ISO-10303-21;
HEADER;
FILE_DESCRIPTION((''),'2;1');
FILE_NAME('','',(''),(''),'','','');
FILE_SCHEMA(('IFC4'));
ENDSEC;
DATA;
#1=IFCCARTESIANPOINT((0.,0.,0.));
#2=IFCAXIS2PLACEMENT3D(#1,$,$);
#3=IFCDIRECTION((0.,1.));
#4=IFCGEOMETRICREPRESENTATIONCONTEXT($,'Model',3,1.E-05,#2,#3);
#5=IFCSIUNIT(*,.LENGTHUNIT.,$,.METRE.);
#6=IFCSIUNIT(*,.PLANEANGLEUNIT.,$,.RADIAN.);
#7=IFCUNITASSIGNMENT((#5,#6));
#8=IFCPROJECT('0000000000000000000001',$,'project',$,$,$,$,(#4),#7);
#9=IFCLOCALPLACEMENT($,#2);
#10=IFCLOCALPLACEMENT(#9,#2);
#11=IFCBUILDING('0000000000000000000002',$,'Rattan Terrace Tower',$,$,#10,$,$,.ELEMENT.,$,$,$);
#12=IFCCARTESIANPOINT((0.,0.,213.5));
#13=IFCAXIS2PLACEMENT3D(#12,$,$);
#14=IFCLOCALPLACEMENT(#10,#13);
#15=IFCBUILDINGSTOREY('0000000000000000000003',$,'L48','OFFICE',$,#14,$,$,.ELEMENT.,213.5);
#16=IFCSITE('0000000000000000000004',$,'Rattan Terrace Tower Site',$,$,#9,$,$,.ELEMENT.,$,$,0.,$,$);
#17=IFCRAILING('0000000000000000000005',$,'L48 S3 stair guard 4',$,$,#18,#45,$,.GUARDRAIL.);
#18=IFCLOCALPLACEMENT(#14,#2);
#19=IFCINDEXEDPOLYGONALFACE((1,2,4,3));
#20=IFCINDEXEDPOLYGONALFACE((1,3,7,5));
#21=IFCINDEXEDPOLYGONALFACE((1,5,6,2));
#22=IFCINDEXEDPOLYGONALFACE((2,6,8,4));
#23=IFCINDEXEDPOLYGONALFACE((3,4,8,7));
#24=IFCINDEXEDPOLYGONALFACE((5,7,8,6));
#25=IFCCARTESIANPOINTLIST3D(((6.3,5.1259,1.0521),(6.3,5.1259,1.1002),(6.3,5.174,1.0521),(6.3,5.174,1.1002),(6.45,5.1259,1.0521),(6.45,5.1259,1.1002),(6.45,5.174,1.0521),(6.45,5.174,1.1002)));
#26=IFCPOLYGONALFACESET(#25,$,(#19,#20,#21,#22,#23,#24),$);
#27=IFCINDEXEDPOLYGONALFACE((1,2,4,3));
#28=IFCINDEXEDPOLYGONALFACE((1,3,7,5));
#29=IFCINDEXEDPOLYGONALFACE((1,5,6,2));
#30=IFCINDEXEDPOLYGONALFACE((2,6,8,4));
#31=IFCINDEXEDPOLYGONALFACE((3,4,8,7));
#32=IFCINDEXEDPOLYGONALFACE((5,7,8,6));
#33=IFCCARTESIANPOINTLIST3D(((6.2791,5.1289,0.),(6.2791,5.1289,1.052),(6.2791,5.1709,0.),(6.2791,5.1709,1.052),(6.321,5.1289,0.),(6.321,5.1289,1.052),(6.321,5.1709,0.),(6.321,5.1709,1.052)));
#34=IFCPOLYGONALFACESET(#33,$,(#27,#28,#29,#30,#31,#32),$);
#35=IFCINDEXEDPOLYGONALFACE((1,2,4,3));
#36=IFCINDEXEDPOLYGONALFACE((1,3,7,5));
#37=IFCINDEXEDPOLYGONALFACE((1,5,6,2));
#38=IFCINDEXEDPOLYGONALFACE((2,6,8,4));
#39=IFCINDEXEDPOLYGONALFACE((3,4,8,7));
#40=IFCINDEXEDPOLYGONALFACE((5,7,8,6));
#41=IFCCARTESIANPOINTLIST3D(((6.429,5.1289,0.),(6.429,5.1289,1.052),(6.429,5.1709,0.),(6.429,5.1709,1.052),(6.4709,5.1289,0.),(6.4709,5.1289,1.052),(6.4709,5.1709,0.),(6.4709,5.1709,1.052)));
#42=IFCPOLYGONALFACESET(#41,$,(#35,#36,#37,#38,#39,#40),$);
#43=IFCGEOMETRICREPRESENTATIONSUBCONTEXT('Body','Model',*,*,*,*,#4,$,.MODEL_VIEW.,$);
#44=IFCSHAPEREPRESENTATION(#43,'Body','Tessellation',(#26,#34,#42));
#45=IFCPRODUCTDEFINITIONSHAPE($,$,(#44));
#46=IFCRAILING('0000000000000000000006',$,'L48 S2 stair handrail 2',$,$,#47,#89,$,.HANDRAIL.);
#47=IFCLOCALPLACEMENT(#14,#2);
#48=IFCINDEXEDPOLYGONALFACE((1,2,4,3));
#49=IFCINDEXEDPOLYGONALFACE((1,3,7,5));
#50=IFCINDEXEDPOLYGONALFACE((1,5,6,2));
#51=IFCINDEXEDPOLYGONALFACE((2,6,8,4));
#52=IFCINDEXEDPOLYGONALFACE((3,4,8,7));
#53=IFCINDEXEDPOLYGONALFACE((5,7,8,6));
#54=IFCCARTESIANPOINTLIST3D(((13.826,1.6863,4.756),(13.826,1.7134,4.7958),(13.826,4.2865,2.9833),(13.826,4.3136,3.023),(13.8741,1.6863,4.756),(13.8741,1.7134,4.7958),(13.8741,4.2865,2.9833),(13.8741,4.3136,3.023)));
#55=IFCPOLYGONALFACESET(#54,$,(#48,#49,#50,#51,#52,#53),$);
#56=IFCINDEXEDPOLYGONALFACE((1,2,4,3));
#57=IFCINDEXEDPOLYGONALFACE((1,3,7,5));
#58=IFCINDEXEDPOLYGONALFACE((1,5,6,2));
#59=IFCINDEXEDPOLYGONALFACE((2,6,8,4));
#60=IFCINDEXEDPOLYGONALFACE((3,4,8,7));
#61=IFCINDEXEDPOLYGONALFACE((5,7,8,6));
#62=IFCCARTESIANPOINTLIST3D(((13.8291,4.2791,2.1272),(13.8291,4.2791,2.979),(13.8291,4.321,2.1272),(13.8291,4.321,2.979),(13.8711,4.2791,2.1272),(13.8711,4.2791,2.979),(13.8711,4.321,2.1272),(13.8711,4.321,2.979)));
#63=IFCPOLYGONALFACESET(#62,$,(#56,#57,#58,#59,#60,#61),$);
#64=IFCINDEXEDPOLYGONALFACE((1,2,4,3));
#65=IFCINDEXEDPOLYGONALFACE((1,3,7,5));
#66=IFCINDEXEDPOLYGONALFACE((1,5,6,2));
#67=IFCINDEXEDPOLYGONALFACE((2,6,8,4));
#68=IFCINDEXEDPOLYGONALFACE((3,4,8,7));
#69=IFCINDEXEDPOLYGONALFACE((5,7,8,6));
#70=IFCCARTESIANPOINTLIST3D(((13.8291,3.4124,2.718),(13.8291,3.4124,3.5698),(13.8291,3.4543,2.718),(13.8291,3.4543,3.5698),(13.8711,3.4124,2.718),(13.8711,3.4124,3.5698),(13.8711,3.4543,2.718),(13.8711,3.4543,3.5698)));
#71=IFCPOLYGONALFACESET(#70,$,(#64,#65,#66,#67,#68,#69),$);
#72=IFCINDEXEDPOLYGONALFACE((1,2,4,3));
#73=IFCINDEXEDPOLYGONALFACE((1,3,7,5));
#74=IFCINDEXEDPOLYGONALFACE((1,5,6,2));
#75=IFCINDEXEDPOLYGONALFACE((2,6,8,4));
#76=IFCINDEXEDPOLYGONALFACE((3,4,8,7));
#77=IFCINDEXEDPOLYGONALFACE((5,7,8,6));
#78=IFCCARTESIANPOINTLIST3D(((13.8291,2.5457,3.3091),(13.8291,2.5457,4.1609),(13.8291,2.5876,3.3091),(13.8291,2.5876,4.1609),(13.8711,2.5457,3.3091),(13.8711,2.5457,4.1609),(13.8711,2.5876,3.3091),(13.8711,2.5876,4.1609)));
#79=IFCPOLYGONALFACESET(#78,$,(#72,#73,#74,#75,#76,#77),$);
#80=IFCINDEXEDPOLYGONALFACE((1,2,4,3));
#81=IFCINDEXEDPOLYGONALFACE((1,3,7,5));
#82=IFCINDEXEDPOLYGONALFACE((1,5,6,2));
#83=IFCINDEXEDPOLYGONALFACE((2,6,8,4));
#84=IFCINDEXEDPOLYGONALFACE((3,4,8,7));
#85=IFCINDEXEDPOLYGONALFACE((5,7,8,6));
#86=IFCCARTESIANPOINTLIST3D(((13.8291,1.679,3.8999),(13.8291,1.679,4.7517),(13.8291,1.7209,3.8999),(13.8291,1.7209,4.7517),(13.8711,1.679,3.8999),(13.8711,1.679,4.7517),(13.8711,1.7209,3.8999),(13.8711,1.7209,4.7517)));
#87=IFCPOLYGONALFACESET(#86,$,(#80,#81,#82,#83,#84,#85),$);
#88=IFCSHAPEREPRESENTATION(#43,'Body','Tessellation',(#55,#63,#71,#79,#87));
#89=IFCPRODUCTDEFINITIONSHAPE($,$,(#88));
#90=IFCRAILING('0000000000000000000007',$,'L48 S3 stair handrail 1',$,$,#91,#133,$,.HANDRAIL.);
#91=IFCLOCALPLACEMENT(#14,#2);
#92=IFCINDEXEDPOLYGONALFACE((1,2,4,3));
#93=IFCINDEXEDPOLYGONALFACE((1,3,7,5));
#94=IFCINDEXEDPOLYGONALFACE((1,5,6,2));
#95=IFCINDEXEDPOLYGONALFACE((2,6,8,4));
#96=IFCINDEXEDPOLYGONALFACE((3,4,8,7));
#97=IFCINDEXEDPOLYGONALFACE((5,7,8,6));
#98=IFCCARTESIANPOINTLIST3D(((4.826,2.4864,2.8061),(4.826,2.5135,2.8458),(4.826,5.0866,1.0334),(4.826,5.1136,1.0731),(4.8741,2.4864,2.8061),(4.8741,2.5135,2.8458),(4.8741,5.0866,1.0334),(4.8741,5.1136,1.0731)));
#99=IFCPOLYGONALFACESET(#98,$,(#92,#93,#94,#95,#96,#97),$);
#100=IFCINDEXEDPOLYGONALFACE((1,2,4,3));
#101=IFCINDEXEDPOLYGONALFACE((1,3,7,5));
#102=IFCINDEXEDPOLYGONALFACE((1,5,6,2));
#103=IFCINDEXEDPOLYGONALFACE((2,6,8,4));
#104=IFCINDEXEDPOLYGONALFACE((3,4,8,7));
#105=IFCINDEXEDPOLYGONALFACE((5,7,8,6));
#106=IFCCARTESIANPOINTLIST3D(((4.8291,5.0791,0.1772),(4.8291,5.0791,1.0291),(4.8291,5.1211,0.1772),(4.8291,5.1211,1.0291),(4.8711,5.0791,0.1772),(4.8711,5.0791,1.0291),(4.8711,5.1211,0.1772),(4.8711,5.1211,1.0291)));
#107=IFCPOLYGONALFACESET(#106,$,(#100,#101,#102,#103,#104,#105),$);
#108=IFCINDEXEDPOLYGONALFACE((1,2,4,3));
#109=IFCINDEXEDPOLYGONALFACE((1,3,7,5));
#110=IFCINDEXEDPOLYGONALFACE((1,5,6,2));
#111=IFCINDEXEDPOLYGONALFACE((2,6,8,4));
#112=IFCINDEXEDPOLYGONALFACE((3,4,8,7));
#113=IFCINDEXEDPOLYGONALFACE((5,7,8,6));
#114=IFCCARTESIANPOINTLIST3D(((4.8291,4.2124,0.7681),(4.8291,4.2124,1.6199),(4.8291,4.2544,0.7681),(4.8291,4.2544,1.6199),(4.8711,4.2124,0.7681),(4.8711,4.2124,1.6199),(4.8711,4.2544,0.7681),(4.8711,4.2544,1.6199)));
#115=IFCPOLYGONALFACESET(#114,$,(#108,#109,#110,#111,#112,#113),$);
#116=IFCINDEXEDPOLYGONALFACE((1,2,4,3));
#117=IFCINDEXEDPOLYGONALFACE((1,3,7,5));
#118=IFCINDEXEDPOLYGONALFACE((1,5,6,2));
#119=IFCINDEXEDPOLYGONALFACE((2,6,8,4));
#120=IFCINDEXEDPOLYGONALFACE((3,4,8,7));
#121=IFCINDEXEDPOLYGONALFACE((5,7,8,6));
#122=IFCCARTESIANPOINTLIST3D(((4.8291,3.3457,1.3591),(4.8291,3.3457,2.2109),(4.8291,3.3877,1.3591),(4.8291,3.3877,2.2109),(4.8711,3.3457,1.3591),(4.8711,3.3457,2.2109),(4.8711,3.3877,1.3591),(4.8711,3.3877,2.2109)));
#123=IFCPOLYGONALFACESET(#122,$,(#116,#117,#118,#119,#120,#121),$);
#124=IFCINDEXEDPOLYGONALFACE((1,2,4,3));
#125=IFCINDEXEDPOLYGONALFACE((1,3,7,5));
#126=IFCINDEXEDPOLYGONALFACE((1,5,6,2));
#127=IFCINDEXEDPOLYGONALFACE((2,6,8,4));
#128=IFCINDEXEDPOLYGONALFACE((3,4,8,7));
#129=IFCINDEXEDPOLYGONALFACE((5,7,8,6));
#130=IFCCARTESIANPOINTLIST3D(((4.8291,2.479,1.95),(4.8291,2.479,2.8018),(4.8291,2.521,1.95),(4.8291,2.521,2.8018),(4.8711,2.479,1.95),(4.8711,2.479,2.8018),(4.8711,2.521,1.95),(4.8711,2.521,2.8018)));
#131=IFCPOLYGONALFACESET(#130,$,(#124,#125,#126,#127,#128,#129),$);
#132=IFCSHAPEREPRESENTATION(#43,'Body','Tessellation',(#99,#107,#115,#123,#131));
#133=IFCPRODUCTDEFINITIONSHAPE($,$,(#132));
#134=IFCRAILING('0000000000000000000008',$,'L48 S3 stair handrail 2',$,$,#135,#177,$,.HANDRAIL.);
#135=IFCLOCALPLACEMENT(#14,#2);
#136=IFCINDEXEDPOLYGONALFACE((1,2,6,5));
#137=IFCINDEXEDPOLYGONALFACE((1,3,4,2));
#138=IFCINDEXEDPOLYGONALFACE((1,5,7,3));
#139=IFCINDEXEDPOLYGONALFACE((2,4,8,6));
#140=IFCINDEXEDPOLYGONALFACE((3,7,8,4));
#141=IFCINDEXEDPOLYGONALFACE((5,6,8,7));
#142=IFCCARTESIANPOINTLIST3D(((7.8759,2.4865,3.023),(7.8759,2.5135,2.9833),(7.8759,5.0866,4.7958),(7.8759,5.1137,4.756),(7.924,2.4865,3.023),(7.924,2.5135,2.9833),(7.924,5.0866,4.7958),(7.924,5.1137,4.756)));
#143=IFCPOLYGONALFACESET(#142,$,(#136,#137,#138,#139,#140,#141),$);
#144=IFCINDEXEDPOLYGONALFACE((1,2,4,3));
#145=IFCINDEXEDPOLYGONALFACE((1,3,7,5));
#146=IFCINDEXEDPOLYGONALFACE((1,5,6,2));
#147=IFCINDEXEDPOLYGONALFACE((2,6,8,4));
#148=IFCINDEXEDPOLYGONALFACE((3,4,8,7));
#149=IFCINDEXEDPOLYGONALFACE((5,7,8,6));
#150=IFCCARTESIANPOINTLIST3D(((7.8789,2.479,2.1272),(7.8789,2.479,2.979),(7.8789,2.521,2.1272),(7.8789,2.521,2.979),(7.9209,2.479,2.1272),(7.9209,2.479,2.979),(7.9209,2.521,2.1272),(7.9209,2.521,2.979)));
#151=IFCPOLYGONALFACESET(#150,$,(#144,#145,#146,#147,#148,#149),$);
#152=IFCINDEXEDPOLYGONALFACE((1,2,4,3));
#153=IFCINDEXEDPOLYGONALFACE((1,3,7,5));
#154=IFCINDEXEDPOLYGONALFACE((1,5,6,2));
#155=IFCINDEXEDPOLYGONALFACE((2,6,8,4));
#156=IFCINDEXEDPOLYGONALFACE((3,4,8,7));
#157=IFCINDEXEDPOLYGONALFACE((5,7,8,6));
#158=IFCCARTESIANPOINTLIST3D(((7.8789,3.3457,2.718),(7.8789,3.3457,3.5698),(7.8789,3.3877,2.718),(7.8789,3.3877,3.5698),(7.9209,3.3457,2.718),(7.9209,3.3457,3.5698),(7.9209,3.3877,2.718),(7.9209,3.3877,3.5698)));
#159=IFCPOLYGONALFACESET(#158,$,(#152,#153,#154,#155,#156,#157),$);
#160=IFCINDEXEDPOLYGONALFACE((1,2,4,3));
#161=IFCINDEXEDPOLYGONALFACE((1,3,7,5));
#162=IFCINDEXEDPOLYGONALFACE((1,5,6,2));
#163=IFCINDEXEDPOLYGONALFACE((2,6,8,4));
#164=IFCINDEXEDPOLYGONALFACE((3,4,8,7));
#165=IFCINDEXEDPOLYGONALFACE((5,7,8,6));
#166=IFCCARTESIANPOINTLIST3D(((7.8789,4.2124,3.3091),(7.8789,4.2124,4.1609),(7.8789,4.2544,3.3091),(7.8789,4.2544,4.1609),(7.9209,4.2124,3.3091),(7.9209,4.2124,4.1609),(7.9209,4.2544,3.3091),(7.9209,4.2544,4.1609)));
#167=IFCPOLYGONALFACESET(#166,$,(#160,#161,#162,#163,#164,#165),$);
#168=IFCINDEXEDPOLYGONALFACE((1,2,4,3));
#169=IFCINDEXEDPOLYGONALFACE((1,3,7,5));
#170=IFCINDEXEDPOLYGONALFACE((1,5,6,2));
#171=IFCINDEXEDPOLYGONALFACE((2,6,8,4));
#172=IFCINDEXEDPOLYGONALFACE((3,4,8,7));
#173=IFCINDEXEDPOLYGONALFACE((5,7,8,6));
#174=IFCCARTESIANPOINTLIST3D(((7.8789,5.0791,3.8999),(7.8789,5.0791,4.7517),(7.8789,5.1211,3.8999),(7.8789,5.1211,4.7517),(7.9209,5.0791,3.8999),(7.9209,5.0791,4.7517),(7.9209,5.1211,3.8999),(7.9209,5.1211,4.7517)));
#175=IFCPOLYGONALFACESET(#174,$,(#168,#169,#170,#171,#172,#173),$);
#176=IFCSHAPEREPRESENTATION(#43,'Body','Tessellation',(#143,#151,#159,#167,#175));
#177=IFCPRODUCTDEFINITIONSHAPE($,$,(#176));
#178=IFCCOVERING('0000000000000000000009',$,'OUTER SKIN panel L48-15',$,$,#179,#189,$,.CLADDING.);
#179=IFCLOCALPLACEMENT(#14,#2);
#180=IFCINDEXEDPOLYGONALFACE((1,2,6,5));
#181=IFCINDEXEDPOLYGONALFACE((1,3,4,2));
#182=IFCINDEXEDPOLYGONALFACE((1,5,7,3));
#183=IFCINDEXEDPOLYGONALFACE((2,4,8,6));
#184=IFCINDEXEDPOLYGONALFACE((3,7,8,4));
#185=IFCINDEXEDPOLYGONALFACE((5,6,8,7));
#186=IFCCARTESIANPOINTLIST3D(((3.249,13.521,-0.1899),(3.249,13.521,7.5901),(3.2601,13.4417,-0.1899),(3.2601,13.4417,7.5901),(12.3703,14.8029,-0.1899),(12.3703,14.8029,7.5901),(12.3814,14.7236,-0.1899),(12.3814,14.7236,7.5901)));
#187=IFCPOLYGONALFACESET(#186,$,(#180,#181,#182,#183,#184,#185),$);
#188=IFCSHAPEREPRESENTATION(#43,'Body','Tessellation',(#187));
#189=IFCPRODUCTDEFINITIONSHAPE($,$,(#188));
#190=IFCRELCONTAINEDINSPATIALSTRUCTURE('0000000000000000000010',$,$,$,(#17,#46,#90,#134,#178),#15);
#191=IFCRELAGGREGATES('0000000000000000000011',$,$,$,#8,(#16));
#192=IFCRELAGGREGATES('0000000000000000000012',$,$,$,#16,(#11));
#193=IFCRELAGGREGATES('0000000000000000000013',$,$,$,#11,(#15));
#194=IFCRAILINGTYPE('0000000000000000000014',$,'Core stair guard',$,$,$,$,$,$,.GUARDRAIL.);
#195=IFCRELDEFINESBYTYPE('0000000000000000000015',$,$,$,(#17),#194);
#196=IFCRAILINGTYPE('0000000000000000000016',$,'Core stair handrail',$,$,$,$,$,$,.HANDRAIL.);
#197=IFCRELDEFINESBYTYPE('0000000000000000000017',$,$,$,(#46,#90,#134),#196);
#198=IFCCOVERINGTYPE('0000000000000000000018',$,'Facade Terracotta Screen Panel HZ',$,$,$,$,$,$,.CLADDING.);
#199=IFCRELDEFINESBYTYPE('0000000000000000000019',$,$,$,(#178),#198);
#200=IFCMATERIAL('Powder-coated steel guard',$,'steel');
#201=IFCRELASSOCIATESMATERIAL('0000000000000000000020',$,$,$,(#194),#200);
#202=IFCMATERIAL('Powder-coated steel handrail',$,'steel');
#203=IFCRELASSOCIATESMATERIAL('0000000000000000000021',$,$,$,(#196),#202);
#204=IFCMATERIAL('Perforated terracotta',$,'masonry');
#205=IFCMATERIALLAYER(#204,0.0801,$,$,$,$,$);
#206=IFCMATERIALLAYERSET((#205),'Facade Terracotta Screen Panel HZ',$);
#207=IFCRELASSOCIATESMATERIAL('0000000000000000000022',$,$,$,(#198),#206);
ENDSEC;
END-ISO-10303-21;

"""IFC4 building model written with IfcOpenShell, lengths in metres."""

from ifc_helpers import new_model, si_unit, direction, frame, origin, origin_2d, place, context, subcontext, project, spatial, rectangle, extrude, material, layer, layer_set, type_object, element, save


model = new_model("IFC4")

# Units and contexts
model_context = context("Model", 3, precision=1e-05, world=origin(), true_north=direction((0.0, 1.0)))
body_context = subcontext(model_context, "Body", "Model", "MODEL_VIEW")
ifc_project = project(units=[si_unit("LENGTHUNIT", "METRE"), si_unit("PLANEANGLEUNIT", "RADIAN")], contexts=[model_context])

# Site, building, storey
site_placement = place(None, origin())
site = spatial("IfcSite", under=ifc_project, at=site_placement, Name="Rattan Terrace Tower Site", CompositionType="ELEMENT", RefElevation=0.0)
building_placement = place(site_placement, origin())
building = spatial("IfcBuilding", under=site, at=building_placement, Name="Rattan Terrace Tower", CompositionType="ELEMENT")
storey_placement = place(building_placement, frame((0.0, 0.0, 213.5)))
storey = spatial("IfcBuildingStorey", under=building, at=storey_placement, Name="L48", Description="OFFICE", CompositionType="ELEMENT", Elevation=213.5)

# Railings
ifc_material_1 = material(Name="Powder-coated steel guard", Category="steel")
railing_type_1 = type_object("IfcRailingType", Name="Core stair guard", PredefinedType="GUARDRAIL", material=ifc_material_1)
railing_1_placement = place(storey_placement, frame((6.3, 5.1499, 0.0)))
element("IfcRailing", 1, at=railing_1_placement, inside=storey, type_object=railing_type_1, Name="L48 S3 stair guard 4", PredefinedType="GUARDRAIL", context=body_context, shape_type="SweptSolid", body=[
    extrude(rectangle(XDim=0.0481, YDim=0.0481, at=origin_2d()), frame((0.0, 0.0, 1.0762), z_axis=(1.0, 0.0, 0.0), x_axis=(0.0, 1.0, 0.0)), (0.0, 0.0, 1.0), 0.1499),
    extrude(rectangle(XDim=0.042, YDim=0.042, at=origin_2d()), origin(), (0.0, 0.0, 1.0), 1.052),
    extrude(rectangle(XDim=0.042, YDim=0.042, at=origin_2d()), frame((0.1499, 0.0, 0.0)), (0.0, 0.0, 1.0), 1.052),
])
ifc_material_2 = material(Name="Powder-coated steel handrail", Category="steel")
railing_type_2 = type_object("IfcRailingType", Name="Core stair handrail", PredefinedType="HANDRAIL", material=ifc_material_2)
for number, where, name in (
    (2, (13.8501, 4.3, 2.1272), "L48 S2 stair handrail 2"),
    (3, (4.8501, 5.1001, 0.1772), "L48 S3 stair handrail 1"),
):
    element("IfcRailing", number, at=place(storey_placement, frame(where)), inside=storey, type_object=railing_type_2, Name=name, PredefinedType="HANDRAIL", context=body_context, shape_type="SweptSolid", body=[
        extrude(rectangle(XDim=0.0481, YDim=0.0481, at=origin_2d()), frame((0.0, 0.0, 0.876), z_axis=(0.0, -0.82624, 0.563318), x_axis=(1.0, 0.0, 0.0)), (0.0, 0.0, 1.0), 3.147),
        extrude(rectangle(XDim=0.042, YDim=0.042, at=origin_2d()), origin(), (0.0, 0.0, 1.0), 0.8518),
        extrude(rectangle(XDim=0.042, YDim=0.042, at=origin_2d()), frame((0.0, -0.8667, 0.5908)), (0.0, 0.0, 1.0), 0.8518),
        extrude(rectangle(XDim=0.042, YDim=0.042, at=origin_2d()), frame((0.0, -1.7334, 1.1819)), (0.0, 0.0, 1.0), 0.8518),
        extrude(rectangle(XDim=0.042, YDim=0.042, at=origin_2d()), frame((0.0, -2.6001, 1.7727)), (0.0, 0.0, 1.0), 0.8518),
    ])
railing_2_placement = place(storey_placement, frame((7.8999, 2.5, 2.1272)))
element("IfcRailing", 4, at=railing_2_placement, inside=storey, type_object=railing_type_2, Name="L48 S3 stair handrail 2", PredefinedType="HANDRAIL", context=body_context, shape_type="SweptSolid", body=[
    extrude(rectangle(XDim=0.0481, YDim=0.0481, at=origin_2d()), frame((0.0, 0.0, 0.876), z_axis=(0.0, 0.82624, 0.563318), x_axis=(-1.0, 0.0, 0.0)), (0.0, 0.0, 1.0), 3.147),
    extrude(rectangle(XDim=0.042, YDim=0.042, at=origin_2d()), origin(), (0.0, 0.0, 1.0), 0.8518),
    extrude(rectangle(XDim=0.042, YDim=0.042, at=origin_2d()), frame((0.0, 0.8667, 0.5908)), (0.0, 0.0, 1.0), 0.8518),
    extrude(rectangle(XDim=0.042, YDim=0.042, at=origin_2d()), frame((0.0, 1.7334, 1.1819)), (0.0, 0.0, 1.0), 0.8518),
    extrude(rectangle(XDim=0.042, YDim=0.042, at=origin_2d()), frame((0.0, 2.6001, 1.7727)), (0.0, 0.0, 1.0), 0.8518),
])

# Covering
ifc_material_3 = material(Name="Perforated terracotta", Category="masonry")
ifc_layer_1 = layer(ifc_material_3, 0.0801)
ifc_layer_set_1 = layer_set([ifc_layer_1], Name="Facade Terracotta Screen Panel HZ")
covering_type = type_object("IfcCoveringType", Name="Facade Terracotta Screen Panel HZ", PredefinedType="CLADDING", material=ifc_layer_set_1)
covering_placement = place(storey_placement, frame((7.8152, 14.1223, -0.1899), z_axis=(0.0, 0.0, 1.0), x_axis=(-0.990267, -0.139177, 0.0)))
element("IfcCovering", 5, at=covering_placement, inside=storey, type_object=covering_type, Name="OUTER SKIN panel L48-15", PredefinedType="CLADDING", context=body_context, shape_type="SweptSolid", body=[
    extrude(rectangle(XDim=9.2109, YDim=0.0801, at=origin_2d()), origin(), (0.0, 0.0, 1.0), 7.78),
])

save(model, "model.ifc")
